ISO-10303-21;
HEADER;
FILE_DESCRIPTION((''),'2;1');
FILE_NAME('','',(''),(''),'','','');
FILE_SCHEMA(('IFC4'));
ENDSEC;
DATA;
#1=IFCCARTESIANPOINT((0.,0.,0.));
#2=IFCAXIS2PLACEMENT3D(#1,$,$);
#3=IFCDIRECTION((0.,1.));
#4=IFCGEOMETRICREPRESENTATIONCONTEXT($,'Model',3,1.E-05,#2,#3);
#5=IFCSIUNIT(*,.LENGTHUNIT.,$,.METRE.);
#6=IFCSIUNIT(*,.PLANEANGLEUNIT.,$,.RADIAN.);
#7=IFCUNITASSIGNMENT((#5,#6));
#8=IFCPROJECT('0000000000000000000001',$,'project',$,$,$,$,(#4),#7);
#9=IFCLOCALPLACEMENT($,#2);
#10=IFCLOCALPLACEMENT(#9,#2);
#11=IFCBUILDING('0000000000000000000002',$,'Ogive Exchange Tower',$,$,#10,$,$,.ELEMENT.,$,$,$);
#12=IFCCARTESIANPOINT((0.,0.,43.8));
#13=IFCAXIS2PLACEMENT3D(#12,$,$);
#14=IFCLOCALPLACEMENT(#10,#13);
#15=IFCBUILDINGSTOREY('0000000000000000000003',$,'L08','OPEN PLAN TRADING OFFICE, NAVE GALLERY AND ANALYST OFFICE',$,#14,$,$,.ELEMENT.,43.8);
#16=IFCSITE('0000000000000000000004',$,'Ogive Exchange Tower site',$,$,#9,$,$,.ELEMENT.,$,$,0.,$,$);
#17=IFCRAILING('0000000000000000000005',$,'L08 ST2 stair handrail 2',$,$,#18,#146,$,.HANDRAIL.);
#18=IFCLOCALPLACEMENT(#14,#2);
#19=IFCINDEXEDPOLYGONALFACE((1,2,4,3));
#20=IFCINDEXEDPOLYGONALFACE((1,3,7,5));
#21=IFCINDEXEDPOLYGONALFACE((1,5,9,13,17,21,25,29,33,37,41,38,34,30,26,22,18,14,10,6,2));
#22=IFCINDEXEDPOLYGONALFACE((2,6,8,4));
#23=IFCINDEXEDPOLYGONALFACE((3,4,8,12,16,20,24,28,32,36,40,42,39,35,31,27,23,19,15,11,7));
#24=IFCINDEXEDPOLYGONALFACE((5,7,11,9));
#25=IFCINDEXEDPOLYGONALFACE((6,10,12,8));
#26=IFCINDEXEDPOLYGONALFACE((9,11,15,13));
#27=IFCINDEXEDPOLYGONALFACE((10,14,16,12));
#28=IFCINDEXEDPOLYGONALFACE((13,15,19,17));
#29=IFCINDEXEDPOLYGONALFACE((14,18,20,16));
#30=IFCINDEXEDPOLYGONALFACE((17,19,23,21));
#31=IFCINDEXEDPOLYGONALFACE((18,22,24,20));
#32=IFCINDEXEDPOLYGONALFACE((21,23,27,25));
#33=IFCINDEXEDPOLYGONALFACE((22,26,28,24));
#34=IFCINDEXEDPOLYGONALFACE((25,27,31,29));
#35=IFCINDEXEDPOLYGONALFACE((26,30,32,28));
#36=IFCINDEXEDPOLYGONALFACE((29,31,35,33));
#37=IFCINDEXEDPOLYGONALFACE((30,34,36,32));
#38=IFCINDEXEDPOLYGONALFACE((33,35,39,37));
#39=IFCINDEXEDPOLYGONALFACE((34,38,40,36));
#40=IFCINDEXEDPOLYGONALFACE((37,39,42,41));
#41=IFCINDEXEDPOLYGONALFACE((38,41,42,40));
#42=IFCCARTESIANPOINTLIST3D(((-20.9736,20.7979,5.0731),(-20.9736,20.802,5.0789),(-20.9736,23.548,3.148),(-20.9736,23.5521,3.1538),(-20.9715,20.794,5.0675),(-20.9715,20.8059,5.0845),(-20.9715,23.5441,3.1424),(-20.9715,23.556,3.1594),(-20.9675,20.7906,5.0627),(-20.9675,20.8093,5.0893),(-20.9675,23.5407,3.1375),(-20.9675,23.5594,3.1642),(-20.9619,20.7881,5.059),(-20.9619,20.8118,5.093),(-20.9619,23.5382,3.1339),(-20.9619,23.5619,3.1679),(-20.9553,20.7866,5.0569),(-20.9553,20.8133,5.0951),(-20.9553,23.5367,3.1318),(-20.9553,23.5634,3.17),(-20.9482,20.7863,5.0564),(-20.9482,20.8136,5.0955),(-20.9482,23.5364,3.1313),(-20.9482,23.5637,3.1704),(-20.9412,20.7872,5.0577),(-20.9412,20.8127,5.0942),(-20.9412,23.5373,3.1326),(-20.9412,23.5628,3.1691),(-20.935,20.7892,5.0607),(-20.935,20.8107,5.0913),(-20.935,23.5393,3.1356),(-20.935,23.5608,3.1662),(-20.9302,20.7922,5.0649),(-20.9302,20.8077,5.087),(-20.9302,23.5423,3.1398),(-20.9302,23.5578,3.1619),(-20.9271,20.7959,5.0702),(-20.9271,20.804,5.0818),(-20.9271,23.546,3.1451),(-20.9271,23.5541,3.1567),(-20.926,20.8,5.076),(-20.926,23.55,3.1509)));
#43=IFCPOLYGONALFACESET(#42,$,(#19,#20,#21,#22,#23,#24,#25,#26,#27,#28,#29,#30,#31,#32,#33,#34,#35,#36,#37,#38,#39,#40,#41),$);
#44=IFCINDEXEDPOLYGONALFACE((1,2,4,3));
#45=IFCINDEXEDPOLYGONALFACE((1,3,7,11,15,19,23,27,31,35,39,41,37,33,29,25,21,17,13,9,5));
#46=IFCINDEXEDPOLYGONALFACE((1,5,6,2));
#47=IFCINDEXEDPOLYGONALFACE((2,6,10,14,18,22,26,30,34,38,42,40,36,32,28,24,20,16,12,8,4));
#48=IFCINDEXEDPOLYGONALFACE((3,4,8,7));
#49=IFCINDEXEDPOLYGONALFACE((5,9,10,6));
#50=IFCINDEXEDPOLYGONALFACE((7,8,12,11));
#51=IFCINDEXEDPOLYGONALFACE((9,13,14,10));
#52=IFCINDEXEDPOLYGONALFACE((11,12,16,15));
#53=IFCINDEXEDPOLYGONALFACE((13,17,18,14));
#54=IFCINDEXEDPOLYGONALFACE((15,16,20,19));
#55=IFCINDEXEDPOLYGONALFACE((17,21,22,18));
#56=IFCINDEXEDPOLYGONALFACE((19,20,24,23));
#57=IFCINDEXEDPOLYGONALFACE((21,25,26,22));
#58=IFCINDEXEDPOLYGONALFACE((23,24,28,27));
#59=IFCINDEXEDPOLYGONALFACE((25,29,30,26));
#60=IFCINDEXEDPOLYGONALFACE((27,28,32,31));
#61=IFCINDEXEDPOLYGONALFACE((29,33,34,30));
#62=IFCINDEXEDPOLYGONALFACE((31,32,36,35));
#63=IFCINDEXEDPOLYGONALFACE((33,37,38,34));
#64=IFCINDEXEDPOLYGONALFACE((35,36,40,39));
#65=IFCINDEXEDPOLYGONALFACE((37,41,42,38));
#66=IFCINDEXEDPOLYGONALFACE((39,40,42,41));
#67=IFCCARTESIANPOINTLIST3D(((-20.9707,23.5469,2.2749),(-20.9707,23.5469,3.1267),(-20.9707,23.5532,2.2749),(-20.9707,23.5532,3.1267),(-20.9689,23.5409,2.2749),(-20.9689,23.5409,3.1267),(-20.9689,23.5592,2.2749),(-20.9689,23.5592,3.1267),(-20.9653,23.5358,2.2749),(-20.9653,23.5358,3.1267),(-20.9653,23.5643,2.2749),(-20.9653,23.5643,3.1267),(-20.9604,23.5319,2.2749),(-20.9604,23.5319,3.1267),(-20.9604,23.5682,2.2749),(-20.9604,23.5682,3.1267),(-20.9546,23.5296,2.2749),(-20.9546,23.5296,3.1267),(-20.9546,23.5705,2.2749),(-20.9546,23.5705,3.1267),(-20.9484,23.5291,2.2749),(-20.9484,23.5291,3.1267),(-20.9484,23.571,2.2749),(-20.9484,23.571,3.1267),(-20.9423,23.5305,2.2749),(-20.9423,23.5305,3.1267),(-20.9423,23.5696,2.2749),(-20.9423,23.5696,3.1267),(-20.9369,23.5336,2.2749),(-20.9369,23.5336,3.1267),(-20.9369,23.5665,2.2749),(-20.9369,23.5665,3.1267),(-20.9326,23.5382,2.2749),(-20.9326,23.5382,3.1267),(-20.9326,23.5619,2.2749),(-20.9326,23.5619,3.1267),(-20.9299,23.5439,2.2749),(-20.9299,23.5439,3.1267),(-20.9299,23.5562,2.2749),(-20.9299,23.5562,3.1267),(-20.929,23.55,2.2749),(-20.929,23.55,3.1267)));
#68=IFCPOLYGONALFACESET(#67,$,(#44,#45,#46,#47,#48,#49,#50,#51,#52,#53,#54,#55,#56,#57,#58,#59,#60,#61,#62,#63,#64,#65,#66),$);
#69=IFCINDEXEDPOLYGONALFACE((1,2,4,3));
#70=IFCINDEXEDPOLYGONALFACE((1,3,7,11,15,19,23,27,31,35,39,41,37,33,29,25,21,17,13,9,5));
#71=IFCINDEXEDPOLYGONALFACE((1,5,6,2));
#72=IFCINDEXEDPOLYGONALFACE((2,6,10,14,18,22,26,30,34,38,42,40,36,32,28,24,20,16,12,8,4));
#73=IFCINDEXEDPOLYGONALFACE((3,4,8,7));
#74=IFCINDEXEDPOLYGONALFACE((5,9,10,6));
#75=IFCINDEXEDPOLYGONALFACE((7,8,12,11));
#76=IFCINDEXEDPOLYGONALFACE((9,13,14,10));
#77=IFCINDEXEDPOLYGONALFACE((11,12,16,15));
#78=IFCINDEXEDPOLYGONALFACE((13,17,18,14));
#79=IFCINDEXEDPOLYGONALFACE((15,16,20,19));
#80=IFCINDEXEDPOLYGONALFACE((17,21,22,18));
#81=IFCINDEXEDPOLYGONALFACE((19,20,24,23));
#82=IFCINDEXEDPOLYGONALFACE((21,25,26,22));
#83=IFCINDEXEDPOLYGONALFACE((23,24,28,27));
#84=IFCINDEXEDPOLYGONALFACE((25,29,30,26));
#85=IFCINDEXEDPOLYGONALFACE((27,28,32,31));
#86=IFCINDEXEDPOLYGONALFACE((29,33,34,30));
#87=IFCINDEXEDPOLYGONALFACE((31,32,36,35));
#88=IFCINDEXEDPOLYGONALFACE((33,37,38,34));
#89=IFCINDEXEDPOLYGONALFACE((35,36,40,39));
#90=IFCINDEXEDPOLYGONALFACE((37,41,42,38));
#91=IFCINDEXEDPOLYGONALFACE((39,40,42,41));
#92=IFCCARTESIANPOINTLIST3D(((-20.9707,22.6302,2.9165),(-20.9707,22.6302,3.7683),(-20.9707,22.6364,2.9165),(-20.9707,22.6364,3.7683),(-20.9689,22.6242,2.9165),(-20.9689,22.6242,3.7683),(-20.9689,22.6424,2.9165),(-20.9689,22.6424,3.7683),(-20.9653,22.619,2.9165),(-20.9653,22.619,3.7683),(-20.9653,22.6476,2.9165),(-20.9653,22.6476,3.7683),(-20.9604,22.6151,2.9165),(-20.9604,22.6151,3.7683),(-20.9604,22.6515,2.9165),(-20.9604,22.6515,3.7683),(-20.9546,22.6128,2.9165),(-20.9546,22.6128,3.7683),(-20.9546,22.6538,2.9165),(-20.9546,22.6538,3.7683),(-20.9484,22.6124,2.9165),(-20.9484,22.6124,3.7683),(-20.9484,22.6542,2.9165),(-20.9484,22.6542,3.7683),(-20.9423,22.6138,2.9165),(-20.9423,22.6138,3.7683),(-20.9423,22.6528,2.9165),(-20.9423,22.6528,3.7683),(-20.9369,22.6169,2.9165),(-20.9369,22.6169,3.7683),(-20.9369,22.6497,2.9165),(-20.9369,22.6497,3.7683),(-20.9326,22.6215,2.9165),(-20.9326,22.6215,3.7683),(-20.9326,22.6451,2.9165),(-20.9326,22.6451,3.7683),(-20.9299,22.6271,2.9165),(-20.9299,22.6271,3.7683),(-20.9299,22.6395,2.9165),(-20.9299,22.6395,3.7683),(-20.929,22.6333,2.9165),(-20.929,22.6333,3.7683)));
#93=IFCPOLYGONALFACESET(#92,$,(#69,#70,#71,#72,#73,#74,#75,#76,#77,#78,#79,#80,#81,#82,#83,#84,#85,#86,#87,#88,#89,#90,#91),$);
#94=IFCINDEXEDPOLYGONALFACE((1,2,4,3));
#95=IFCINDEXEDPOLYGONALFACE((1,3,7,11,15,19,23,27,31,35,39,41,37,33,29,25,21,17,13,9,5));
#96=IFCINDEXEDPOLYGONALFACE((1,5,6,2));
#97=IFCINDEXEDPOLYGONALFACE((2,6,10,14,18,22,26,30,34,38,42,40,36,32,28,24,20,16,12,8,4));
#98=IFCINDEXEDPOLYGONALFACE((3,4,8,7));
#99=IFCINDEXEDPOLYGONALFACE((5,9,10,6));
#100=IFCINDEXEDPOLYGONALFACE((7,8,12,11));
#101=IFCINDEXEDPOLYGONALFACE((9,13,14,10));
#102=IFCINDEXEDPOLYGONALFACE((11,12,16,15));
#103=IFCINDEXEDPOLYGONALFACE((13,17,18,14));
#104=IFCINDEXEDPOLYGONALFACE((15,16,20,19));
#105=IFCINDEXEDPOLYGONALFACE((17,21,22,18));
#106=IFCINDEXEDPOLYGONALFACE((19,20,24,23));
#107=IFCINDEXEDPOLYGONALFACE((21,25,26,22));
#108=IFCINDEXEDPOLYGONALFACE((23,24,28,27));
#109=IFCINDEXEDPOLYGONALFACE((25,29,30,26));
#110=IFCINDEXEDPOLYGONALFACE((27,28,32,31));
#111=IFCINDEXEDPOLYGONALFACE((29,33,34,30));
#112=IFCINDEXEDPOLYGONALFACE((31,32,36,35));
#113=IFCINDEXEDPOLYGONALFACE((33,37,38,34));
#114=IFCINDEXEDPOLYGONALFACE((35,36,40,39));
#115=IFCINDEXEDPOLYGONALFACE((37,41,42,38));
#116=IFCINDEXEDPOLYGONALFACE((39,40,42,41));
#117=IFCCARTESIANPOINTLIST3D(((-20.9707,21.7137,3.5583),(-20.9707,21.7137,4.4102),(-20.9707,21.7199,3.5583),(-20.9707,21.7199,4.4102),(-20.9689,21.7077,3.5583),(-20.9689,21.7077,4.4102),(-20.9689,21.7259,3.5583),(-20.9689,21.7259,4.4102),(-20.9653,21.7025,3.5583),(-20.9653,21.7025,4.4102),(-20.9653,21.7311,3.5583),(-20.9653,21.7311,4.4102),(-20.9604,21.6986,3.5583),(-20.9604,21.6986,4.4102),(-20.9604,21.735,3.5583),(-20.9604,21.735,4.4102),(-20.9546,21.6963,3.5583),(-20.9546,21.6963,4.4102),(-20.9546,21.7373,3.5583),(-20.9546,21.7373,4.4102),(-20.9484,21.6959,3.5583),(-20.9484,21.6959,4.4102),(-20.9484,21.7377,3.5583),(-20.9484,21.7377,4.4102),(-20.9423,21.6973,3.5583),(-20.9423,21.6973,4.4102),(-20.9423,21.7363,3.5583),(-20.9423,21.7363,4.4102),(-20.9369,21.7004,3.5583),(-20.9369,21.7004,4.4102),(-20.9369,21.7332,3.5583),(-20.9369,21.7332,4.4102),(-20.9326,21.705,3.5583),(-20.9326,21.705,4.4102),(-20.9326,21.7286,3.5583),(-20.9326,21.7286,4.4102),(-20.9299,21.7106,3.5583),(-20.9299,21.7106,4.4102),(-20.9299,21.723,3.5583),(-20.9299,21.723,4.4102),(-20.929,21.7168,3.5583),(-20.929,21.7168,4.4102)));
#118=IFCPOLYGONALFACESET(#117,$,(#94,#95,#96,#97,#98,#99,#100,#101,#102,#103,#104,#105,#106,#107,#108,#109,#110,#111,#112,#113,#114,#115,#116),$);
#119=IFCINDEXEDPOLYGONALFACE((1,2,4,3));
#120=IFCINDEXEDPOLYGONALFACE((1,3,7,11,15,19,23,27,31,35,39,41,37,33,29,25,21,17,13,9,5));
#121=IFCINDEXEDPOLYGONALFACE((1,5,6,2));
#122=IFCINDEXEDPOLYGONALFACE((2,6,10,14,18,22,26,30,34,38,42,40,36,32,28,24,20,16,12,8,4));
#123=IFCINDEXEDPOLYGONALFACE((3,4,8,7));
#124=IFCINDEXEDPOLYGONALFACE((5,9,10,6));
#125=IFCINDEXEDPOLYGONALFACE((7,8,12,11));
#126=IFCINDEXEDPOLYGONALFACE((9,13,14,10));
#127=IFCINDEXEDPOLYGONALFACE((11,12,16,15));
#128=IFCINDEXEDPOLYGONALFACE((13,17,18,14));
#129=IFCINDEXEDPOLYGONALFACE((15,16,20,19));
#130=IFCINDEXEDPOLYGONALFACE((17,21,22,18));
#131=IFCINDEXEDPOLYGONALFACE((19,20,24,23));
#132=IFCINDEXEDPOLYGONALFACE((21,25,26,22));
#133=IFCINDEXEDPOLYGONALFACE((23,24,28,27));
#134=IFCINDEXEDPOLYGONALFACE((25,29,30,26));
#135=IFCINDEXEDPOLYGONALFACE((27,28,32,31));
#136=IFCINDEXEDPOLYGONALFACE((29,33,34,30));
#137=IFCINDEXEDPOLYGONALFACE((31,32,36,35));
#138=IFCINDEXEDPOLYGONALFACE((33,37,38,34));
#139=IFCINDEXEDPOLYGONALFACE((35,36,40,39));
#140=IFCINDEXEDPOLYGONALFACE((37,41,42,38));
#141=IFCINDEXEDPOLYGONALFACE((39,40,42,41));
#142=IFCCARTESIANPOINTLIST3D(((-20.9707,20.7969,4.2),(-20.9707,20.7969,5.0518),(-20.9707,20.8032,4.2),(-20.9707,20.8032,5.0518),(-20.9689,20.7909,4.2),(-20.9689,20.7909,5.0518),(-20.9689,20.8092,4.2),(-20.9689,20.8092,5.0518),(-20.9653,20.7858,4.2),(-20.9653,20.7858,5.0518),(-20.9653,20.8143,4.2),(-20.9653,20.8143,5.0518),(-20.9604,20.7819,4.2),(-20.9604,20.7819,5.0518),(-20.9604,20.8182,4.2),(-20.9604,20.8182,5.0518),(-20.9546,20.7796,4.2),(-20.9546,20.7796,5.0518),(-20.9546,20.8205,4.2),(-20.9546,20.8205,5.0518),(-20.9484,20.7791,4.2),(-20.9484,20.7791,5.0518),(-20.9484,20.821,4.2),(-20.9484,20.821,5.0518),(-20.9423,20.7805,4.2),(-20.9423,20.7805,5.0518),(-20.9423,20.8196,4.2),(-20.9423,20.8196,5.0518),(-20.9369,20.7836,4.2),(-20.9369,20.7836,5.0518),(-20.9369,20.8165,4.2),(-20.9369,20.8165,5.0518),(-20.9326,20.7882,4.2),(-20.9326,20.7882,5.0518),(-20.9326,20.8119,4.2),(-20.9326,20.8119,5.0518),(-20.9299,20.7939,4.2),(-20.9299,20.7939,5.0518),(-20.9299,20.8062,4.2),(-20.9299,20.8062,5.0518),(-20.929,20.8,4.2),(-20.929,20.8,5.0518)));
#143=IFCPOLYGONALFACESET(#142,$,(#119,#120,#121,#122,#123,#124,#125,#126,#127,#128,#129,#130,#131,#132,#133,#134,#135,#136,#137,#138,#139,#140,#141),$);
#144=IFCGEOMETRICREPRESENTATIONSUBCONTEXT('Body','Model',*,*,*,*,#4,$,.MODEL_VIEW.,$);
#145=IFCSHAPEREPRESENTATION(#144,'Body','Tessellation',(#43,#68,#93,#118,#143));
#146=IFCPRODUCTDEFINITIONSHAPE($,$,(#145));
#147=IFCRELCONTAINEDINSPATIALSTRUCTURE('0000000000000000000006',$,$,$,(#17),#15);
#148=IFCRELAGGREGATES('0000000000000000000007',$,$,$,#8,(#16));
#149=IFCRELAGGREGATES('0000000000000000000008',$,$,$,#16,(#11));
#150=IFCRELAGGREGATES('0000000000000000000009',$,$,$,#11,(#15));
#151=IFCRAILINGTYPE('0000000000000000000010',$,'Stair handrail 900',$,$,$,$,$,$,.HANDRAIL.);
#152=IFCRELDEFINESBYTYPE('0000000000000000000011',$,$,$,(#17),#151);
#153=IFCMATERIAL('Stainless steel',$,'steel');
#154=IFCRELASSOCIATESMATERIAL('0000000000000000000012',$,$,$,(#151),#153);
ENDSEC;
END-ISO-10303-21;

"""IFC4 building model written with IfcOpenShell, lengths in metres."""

from ifc_helpers import new_model, si_unit, direction, frame, origin, origin_2d, place, context, subcontext, project, spatial, circle, extrude, material, type_object, element, save


model = new_model("IFC4")

# Units and contexts
model_context = context("Model", 3, precision=1e-05, world=origin(), true_north=direction((0.0, 1.0)))
body_context = subcontext(model_context, "Body", "Model", "MODEL_VIEW")
ifc_project = project(units=[si_unit("LENGTHUNIT", "METRE"), si_unit("PLANEANGLEUNIT", "RADIAN")], contexts=[model_context])

# Site, building, storey
site_placement = place(None, origin())
site = spatial("IfcSite", under=ifc_project, at=site_placement, Name="Ogive Exchange Tower site", CompositionType="ELEMENT", RefElevation=0.0)
building_placement = place(site_placement, origin())
building = spatial("IfcBuilding", under=site, at=building_placement, Name="Ogive Exchange Tower", CompositionType="ELEMENT")
storey_placement = place(building_placement, frame((0.0, 0.0, 43.8)))
storey = spatial("IfcBuildingStorey", under=building, at=storey_placement, Name="L08", Description="OPEN PLAN TRADING OFFICE, NAVE GALLERY AND ANALYST OFFICE", CompositionType="ELEMENT", Elevation=43.8)

# Railing
ifc_material_1 = material(Name="Stainless steel", Category="steel")
railing_type = type_object("IfcRailingType", Name="Stair handrail 900", PredefinedType="HANDRAIL", material=ifc_material_1)
railing_1_placement = place(storey_placement, frame((-20.95, 23.55, 2.2749)))
element("IfcRailing", 1, at=railing_1_placement, inside=storey, type_object=railing_type, Name="L08 ST2 stair handrail 2", PredefinedType="HANDRAIL", context=body_context, shape_type="SweptSolid", body=[
    extrude(circle(Radius=0.0239, at=origin_2d()), frame((0.0, 0.0, 0.876), z_axis=(0.0, -0.819225, 0.573472), x_axis=(1.0, 0.0, 0.0)), (0.0, 0.0, 1.0), 3.3569),
    extrude(circle(Radius=0.021, at=origin_2d()), origin(), (0.0, 0.0, 1.0), 0.8518),
    extrude(circle(Radius=0.021, at=origin_2d()), frame((0.0, -0.9167, 0.6416)), (0.0, 0.0, 1.0), 0.8518),
    extrude(circle(Radius=0.021, at=origin_2d()), frame((0.0, -1.8333, 1.2834)), (0.0, 0.0, 1.0), 0.8518),
    extrude(circle(Radius=0.021, at=origin_2d()), frame((0.0, -2.75, 1.925)), (0.0, 0.0, 1.0), 0.8518),
])

save(model, "model.ifc")
